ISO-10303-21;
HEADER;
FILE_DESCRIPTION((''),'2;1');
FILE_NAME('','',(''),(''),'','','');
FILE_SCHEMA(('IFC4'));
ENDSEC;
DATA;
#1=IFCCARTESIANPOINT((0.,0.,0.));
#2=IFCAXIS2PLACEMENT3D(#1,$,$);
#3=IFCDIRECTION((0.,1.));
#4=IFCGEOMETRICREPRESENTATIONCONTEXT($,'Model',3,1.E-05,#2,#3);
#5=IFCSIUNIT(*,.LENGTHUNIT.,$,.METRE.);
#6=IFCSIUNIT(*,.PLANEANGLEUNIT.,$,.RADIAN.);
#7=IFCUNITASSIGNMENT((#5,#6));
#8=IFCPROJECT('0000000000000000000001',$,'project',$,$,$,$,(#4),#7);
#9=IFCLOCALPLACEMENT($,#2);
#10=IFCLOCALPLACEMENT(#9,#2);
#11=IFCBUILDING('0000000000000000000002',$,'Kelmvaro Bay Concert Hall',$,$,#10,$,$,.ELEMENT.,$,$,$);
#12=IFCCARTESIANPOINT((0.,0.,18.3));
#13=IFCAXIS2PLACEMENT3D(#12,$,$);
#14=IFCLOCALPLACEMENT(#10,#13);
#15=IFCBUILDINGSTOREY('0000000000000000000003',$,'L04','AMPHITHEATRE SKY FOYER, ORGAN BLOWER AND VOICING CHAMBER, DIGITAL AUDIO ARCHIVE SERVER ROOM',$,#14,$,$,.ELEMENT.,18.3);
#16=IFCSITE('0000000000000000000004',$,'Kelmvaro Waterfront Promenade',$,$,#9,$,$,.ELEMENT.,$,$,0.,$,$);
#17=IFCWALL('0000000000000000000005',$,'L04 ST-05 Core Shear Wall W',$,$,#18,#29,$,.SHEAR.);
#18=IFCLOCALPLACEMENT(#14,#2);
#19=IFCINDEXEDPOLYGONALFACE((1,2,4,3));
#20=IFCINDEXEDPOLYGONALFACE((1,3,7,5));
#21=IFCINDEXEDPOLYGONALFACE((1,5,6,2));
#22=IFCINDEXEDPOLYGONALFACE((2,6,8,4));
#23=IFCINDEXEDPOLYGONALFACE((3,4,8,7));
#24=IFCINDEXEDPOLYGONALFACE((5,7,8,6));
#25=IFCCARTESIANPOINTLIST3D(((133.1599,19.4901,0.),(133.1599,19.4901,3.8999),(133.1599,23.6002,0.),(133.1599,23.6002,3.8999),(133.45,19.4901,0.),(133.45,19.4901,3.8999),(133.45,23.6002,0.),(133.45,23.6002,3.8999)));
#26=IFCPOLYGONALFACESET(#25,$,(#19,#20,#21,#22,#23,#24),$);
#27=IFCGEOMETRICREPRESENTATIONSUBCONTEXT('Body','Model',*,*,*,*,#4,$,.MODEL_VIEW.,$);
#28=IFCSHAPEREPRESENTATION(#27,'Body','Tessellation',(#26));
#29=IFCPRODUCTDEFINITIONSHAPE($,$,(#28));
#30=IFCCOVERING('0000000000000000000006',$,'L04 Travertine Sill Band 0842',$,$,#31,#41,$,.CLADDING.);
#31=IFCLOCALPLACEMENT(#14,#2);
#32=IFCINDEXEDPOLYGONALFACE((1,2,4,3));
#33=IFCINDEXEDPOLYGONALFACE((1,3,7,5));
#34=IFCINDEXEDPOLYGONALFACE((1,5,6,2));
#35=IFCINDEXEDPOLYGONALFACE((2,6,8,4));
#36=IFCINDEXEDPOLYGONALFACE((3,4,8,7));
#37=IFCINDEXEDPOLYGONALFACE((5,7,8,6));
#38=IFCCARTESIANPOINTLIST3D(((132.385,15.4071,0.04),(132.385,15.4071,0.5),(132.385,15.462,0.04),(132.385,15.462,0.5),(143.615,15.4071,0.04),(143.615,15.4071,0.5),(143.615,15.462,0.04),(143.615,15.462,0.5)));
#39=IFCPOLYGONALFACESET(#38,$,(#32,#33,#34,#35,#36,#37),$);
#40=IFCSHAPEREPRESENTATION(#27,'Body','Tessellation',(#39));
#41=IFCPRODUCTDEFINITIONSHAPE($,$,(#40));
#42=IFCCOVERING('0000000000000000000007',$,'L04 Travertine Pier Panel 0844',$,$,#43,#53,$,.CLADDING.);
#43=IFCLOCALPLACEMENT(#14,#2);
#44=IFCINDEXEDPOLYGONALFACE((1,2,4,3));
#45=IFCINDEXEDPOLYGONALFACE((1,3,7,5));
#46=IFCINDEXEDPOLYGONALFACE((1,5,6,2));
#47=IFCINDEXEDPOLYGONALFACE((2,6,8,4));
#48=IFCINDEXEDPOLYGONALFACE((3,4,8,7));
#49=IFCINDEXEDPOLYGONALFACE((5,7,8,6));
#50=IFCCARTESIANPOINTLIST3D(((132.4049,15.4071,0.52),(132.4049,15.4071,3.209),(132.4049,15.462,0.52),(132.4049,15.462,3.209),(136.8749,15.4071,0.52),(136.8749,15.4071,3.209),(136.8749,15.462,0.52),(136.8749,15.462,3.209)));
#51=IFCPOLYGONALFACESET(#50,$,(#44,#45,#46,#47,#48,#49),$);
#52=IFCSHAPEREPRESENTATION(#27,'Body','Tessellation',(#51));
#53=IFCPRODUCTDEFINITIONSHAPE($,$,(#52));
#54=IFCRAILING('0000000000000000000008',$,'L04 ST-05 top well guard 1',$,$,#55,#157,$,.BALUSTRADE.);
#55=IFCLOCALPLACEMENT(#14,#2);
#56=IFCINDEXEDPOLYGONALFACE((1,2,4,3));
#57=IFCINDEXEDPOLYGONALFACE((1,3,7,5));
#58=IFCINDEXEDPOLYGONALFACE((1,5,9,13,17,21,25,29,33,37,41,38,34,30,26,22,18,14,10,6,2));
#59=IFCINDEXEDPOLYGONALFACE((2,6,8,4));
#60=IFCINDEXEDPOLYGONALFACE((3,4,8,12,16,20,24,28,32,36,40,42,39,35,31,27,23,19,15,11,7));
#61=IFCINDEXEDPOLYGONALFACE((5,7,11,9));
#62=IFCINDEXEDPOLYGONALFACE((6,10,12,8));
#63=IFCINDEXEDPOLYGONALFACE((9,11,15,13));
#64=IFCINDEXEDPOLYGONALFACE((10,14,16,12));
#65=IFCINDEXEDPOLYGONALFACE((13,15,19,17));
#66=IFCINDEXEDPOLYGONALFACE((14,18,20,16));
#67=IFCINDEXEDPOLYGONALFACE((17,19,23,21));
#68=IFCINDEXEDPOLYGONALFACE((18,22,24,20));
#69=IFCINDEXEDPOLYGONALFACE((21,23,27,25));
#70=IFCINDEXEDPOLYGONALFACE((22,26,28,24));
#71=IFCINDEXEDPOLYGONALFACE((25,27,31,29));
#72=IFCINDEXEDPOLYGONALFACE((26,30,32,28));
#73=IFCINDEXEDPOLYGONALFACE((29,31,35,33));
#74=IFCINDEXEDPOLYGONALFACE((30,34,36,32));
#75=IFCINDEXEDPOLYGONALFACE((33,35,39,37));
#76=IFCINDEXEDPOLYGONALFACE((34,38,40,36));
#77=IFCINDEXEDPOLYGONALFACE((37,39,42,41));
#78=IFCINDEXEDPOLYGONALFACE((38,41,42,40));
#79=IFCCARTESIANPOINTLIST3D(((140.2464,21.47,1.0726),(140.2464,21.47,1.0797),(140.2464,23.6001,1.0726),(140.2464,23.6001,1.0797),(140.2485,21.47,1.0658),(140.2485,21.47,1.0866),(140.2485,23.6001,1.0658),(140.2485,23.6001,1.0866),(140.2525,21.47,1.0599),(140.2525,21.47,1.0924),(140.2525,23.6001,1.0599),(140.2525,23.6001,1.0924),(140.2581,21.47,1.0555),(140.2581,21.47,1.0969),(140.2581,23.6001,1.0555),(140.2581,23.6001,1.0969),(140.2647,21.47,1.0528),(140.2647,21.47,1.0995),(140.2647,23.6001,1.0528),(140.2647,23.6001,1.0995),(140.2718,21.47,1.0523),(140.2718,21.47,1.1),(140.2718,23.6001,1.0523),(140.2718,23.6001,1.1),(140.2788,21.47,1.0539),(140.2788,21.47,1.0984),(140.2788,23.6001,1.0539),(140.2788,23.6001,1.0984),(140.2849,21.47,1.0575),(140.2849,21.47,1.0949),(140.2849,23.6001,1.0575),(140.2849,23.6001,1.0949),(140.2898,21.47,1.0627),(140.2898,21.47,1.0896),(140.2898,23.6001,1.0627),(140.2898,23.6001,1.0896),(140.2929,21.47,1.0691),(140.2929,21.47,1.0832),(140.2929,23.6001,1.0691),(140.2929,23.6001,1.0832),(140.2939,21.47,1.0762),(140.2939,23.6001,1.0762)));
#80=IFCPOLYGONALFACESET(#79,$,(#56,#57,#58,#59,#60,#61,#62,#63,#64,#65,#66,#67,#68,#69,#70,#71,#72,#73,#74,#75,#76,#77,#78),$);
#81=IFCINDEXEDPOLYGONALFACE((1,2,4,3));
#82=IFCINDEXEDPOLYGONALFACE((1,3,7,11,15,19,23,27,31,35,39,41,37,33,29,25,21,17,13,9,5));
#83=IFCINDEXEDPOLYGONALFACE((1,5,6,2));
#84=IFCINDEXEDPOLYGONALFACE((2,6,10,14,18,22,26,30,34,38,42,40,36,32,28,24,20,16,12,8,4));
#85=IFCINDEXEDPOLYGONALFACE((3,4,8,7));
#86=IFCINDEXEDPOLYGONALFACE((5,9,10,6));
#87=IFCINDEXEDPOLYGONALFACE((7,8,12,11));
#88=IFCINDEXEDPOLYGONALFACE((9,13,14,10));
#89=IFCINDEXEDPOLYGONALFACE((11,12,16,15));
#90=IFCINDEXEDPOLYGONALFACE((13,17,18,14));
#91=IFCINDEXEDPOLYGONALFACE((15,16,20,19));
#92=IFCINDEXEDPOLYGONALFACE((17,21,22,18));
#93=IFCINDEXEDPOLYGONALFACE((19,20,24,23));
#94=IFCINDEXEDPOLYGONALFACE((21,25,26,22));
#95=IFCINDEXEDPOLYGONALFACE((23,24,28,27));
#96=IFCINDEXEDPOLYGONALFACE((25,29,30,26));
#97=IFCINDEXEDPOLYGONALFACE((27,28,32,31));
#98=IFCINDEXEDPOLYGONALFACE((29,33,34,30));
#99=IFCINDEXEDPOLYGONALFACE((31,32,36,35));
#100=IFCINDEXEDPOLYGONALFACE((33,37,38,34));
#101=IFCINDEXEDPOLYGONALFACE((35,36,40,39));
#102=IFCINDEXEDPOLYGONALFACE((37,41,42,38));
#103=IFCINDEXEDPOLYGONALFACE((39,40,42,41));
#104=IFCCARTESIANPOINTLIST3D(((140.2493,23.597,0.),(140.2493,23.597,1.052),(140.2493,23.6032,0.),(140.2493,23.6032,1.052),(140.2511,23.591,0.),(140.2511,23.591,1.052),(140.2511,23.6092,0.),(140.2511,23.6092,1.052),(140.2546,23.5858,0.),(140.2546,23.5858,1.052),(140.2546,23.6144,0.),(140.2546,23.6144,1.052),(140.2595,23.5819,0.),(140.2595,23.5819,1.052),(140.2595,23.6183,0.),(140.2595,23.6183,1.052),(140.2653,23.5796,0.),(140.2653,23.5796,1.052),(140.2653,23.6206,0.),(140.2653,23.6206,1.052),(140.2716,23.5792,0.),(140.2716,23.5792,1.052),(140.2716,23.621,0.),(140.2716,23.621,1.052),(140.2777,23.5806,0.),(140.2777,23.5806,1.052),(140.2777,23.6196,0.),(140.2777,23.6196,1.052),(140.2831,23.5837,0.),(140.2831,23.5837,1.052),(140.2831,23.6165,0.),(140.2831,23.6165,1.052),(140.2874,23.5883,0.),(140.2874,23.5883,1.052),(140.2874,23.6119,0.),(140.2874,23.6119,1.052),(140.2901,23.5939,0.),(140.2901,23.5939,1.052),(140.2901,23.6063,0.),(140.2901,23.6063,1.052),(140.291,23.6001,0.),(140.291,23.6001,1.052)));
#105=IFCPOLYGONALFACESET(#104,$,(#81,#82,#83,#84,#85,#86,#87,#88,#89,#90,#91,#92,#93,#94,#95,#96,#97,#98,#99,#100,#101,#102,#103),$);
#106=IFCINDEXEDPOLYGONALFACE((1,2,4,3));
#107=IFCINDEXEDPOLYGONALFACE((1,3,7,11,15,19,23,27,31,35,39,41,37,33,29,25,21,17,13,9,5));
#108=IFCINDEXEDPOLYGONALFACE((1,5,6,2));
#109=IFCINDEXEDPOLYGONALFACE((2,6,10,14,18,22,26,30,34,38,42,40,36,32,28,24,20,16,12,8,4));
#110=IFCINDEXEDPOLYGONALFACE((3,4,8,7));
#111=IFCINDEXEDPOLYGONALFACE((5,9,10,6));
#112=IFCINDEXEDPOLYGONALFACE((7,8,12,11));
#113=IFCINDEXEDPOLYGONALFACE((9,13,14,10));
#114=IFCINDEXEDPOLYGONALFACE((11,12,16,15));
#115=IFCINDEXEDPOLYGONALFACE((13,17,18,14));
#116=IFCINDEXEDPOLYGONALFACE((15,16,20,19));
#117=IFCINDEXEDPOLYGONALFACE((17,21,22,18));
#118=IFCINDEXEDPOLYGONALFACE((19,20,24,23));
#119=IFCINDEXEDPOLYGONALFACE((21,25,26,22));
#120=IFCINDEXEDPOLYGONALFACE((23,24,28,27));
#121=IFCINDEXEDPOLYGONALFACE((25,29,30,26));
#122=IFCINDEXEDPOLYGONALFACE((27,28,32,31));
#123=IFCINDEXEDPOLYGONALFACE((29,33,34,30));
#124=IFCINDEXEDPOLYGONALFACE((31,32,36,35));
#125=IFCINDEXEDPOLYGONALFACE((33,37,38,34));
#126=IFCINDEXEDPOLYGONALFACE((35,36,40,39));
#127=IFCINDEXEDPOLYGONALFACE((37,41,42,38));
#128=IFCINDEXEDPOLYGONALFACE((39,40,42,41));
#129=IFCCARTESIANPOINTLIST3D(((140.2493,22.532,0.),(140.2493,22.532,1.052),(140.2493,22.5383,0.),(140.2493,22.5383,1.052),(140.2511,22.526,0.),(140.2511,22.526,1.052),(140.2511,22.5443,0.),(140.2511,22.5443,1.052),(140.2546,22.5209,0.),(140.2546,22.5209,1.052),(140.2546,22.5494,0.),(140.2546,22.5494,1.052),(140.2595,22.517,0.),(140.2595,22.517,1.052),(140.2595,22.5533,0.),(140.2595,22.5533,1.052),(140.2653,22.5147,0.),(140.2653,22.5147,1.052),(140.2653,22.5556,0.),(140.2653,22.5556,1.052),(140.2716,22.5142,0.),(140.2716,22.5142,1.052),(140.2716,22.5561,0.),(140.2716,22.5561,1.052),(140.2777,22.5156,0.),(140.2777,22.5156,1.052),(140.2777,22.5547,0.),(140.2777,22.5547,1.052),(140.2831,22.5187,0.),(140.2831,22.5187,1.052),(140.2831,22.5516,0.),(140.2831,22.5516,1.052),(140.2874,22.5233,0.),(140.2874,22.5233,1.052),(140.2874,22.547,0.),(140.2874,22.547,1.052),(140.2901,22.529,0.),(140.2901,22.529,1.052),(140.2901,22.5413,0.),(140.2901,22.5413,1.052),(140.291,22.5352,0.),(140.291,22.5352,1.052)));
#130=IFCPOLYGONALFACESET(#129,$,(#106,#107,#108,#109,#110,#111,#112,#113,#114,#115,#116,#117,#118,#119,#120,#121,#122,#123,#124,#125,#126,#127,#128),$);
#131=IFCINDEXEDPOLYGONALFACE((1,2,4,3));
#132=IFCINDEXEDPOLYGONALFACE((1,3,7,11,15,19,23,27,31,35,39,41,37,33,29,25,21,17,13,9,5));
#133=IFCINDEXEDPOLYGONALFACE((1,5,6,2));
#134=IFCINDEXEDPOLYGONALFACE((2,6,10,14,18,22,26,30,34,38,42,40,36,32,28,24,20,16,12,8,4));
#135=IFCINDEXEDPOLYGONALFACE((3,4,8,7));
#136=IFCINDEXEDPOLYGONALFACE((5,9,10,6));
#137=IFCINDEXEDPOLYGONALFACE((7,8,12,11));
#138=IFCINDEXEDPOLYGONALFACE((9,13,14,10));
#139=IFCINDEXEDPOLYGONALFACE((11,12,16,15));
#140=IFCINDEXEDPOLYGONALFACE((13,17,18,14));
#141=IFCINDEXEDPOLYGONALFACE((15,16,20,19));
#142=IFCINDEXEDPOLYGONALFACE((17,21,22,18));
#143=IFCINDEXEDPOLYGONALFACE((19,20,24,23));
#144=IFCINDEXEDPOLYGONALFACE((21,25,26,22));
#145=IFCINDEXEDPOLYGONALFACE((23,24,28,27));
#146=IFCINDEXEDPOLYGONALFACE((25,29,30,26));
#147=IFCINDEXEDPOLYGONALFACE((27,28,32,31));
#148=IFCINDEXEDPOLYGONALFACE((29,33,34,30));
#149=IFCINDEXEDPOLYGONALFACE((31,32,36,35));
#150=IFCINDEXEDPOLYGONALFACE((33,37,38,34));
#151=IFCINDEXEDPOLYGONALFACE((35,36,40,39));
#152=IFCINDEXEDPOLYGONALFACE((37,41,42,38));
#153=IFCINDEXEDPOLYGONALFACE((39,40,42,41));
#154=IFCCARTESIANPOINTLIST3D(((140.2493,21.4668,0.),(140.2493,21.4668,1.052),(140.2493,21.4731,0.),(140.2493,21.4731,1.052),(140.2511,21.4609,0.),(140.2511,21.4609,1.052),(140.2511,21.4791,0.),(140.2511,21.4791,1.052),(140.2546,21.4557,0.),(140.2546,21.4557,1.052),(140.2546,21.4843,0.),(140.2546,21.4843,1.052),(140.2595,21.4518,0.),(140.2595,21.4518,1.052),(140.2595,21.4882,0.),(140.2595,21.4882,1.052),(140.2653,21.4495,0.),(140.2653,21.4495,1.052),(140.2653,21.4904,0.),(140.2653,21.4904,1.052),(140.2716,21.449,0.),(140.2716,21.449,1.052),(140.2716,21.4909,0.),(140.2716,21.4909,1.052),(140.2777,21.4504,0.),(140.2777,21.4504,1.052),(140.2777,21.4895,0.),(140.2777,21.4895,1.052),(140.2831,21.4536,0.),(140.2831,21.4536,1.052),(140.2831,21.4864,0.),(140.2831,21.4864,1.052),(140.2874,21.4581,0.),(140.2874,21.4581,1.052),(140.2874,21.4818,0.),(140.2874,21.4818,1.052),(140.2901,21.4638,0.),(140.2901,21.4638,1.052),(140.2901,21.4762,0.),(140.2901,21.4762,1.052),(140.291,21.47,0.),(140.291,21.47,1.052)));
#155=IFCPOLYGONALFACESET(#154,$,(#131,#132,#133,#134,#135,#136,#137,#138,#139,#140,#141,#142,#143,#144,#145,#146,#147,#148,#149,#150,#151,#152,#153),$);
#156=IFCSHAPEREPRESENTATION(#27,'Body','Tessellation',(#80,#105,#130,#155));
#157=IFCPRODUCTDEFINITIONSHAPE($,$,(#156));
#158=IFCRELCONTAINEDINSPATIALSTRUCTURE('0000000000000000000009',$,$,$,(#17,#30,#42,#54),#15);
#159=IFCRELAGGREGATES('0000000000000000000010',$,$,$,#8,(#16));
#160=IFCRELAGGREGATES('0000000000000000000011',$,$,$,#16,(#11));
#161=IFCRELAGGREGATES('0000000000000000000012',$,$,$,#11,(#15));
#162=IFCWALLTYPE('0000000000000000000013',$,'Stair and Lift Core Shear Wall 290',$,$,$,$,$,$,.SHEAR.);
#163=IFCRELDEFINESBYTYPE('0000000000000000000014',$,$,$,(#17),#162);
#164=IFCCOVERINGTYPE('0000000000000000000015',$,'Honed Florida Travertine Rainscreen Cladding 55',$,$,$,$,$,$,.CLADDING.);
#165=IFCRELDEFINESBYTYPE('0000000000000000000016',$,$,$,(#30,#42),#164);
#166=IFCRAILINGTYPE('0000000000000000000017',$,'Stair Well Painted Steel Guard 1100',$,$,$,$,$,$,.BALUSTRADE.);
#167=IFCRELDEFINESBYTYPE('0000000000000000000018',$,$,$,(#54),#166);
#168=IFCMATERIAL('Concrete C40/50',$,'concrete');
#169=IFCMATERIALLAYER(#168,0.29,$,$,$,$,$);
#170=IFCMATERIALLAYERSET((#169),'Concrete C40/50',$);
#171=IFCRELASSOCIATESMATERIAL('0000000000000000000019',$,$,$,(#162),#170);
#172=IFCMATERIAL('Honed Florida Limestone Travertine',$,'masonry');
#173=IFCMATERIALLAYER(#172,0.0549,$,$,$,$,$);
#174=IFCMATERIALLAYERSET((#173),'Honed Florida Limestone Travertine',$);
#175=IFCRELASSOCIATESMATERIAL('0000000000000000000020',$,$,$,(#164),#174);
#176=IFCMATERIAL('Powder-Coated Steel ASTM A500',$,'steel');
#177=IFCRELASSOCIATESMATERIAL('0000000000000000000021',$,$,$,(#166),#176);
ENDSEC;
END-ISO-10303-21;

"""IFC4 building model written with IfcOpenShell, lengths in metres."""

from ifc_helpers import new_model, si_unit, direction, frame, frame_2d, origin, origin_2d, place, context, subcontext, project, spatial, rectangle, circle, extrude, material, layer, layer_set, type_object, element, save


model = new_model("IFC4")

# Units and contexts
model_context = context("Model", 3, precision=1e-05, world=origin(), true_north=direction((0.0, 1.0)))
body_context = subcontext(model_context, "Body", "Model", "MODEL_VIEW")
ifc_project = project(units=[si_unit("LENGTHUNIT", "METRE"), si_unit("PLANEANGLEUNIT", "RADIAN")], contexts=[model_context])

# Site, building, storey
site_placement = place(None, origin())
site = spatial("IfcSite", under=ifc_project, at=site_placement, Name="Kelmvaro Waterfront Promenade", CompositionType="ELEMENT", RefElevation=0.0)
building_placement = place(site_placement, origin())
building = spatial("IfcBuilding", under=site, at=building_placement, Name="Kelmvaro Bay Concert Hall", CompositionType="ELEMENT")
storey_placement = place(building_placement, frame((0.0, 0.0, 18.3)))
storey = spatial("IfcBuildingStorey", under=building, at=storey_placement, Name="L04", Description="AMPHITHEATRE SKY FOYER, ORGAN BLOWER AND VOICING CHAMBER, DIGITAL AUDIO ARCHIVE SERVER ROOM", CompositionType="ELEMENT", Elevation=18.3)

# Wall
ifc_material_1 = material(Name="Concrete C40/50", Category="concrete")
ifc_layer_1 = layer(ifc_material_1, 0.29)
ifc_layer_set_1 = layer_set([ifc_layer_1], Name="Concrete C40/50")
wall_type_1 = type_object("IfcWallType", Name="Stair and Lift Core Shear Wall 290", PredefinedType="SHEAR", material=ifc_layer_set_1)
wall_1_placement = place(storey_placement, frame((133.3049, 19.49, 0.0), z_axis=(0.0, 0.0, 1.0), x_axis=(0.0, 1.0, 0.0)))
element("IfcWall", 1, at=wall_1_placement, inside=storey, type_object=wall_type_1, Name="L04 ST-05 Core Shear Wall W", PredefinedType="SHEAR", context=body_context, shape_type="SweptSolid", body=[
    extrude(rectangle(XDim=4.1101, YDim=0.29, at=frame_2d((2.0552, 0.0))), origin(), (0.0, 0.0, 1.0), 3.8999),
])

# Coverings
ifc_material_2 = material(Name="Honed Florida Limestone Travertine", Category="masonry")
ifc_layer_2 = layer(ifc_material_2, 0.0549)
ifc_layer_set_2 = layer_set([ifc_layer_2], Name="Honed Florida Limestone Travertine")
covering_type = type_object("IfcCoveringType", Name="Honed Florida Travertine Rainscreen Cladding 55", PredefinedType="CLADDING", material=ifc_layer_set_2)
covering_1_placement = place(storey_placement, frame((138.0, 15.4346, 0.04), z_axis=(0.0, 0.0, 1.0), x_axis=(-1.0, 0.0, 0.0)))
element("IfcCovering", 2, at=covering_1_placement, inside=storey, type_object=covering_type, Name="L04 Travertine Sill Band 0842", PredefinedType="CLADDING", context=body_context, shape_type="SweptSolid", body=[
    extrude(rectangle(XDim=11.23, YDim=0.0549, at=origin_2d()), origin(), (0.0, 0.0, 1.0), 0.46),
])
covering_2_placement = place(storey_placement, frame((134.6399, 15.4346, 0.52), z_axis=(0.0, 0.0, 1.0), x_axis=(-1.0, 0.0, 0.0)))
element("IfcCovering", 3, at=covering_2_placement, inside=storey, type_object=covering_type, Name="L04 Travertine Pier Panel 0844", PredefinedType="CLADDING", context=body_context, shape_type="SweptSolid", body=[
    extrude(rectangle(XDim=4.47, YDim=0.0549, at=origin_2d()), origin(), (0.0, 0.0, 1.0), 2.689),
])

# Railing
ifc_material_3 = material(Name="Powder-Coated Steel ASTM A500", Category="steel")
railing_type_1 = type_object("IfcRailingType", Name="Stair Well Painted Steel Guard 1100", PredefinedType="BALUSTRADE", material=ifc_material_3)
railing_1_placement = place(storey_placement, frame((140.27, 23.6001, 0.0)))
element("IfcRailing", 4, at=railing_1_placement, inside=storey, type_object=railing_type_1, Name="L04 ST-05 top well guard 1", PredefinedType="BALUSTRADE", context=body_context, shape_type="SweptSolid", body=[
    extrude(circle(Radius=0.0239, at=origin_2d()), frame((0.0, 0.0, 1.0762), z_axis=(0.0, -1.0, 0.0), x_axis=(1.0, 0.0, 0.0)), (0.0, 0.0, 1.0), 2.1301),
    extrude(circle(Radius=0.021, at=origin_2d()), origin(), (0.0, 0.0, 1.0), 1.052),
    extrude(circle(Radius=0.021, at=origin_2d()), frame((0.0, -1.0649, 0.0)), (0.0, 0.0, 1.0), 1.052),
    extrude(circle(Radius=0.021, at=origin_2d()), frame((0.0, -2.1301, 0.0)), (0.0, 0.0, 1.0), 1.052),
])

save(model, "model.ifc")
